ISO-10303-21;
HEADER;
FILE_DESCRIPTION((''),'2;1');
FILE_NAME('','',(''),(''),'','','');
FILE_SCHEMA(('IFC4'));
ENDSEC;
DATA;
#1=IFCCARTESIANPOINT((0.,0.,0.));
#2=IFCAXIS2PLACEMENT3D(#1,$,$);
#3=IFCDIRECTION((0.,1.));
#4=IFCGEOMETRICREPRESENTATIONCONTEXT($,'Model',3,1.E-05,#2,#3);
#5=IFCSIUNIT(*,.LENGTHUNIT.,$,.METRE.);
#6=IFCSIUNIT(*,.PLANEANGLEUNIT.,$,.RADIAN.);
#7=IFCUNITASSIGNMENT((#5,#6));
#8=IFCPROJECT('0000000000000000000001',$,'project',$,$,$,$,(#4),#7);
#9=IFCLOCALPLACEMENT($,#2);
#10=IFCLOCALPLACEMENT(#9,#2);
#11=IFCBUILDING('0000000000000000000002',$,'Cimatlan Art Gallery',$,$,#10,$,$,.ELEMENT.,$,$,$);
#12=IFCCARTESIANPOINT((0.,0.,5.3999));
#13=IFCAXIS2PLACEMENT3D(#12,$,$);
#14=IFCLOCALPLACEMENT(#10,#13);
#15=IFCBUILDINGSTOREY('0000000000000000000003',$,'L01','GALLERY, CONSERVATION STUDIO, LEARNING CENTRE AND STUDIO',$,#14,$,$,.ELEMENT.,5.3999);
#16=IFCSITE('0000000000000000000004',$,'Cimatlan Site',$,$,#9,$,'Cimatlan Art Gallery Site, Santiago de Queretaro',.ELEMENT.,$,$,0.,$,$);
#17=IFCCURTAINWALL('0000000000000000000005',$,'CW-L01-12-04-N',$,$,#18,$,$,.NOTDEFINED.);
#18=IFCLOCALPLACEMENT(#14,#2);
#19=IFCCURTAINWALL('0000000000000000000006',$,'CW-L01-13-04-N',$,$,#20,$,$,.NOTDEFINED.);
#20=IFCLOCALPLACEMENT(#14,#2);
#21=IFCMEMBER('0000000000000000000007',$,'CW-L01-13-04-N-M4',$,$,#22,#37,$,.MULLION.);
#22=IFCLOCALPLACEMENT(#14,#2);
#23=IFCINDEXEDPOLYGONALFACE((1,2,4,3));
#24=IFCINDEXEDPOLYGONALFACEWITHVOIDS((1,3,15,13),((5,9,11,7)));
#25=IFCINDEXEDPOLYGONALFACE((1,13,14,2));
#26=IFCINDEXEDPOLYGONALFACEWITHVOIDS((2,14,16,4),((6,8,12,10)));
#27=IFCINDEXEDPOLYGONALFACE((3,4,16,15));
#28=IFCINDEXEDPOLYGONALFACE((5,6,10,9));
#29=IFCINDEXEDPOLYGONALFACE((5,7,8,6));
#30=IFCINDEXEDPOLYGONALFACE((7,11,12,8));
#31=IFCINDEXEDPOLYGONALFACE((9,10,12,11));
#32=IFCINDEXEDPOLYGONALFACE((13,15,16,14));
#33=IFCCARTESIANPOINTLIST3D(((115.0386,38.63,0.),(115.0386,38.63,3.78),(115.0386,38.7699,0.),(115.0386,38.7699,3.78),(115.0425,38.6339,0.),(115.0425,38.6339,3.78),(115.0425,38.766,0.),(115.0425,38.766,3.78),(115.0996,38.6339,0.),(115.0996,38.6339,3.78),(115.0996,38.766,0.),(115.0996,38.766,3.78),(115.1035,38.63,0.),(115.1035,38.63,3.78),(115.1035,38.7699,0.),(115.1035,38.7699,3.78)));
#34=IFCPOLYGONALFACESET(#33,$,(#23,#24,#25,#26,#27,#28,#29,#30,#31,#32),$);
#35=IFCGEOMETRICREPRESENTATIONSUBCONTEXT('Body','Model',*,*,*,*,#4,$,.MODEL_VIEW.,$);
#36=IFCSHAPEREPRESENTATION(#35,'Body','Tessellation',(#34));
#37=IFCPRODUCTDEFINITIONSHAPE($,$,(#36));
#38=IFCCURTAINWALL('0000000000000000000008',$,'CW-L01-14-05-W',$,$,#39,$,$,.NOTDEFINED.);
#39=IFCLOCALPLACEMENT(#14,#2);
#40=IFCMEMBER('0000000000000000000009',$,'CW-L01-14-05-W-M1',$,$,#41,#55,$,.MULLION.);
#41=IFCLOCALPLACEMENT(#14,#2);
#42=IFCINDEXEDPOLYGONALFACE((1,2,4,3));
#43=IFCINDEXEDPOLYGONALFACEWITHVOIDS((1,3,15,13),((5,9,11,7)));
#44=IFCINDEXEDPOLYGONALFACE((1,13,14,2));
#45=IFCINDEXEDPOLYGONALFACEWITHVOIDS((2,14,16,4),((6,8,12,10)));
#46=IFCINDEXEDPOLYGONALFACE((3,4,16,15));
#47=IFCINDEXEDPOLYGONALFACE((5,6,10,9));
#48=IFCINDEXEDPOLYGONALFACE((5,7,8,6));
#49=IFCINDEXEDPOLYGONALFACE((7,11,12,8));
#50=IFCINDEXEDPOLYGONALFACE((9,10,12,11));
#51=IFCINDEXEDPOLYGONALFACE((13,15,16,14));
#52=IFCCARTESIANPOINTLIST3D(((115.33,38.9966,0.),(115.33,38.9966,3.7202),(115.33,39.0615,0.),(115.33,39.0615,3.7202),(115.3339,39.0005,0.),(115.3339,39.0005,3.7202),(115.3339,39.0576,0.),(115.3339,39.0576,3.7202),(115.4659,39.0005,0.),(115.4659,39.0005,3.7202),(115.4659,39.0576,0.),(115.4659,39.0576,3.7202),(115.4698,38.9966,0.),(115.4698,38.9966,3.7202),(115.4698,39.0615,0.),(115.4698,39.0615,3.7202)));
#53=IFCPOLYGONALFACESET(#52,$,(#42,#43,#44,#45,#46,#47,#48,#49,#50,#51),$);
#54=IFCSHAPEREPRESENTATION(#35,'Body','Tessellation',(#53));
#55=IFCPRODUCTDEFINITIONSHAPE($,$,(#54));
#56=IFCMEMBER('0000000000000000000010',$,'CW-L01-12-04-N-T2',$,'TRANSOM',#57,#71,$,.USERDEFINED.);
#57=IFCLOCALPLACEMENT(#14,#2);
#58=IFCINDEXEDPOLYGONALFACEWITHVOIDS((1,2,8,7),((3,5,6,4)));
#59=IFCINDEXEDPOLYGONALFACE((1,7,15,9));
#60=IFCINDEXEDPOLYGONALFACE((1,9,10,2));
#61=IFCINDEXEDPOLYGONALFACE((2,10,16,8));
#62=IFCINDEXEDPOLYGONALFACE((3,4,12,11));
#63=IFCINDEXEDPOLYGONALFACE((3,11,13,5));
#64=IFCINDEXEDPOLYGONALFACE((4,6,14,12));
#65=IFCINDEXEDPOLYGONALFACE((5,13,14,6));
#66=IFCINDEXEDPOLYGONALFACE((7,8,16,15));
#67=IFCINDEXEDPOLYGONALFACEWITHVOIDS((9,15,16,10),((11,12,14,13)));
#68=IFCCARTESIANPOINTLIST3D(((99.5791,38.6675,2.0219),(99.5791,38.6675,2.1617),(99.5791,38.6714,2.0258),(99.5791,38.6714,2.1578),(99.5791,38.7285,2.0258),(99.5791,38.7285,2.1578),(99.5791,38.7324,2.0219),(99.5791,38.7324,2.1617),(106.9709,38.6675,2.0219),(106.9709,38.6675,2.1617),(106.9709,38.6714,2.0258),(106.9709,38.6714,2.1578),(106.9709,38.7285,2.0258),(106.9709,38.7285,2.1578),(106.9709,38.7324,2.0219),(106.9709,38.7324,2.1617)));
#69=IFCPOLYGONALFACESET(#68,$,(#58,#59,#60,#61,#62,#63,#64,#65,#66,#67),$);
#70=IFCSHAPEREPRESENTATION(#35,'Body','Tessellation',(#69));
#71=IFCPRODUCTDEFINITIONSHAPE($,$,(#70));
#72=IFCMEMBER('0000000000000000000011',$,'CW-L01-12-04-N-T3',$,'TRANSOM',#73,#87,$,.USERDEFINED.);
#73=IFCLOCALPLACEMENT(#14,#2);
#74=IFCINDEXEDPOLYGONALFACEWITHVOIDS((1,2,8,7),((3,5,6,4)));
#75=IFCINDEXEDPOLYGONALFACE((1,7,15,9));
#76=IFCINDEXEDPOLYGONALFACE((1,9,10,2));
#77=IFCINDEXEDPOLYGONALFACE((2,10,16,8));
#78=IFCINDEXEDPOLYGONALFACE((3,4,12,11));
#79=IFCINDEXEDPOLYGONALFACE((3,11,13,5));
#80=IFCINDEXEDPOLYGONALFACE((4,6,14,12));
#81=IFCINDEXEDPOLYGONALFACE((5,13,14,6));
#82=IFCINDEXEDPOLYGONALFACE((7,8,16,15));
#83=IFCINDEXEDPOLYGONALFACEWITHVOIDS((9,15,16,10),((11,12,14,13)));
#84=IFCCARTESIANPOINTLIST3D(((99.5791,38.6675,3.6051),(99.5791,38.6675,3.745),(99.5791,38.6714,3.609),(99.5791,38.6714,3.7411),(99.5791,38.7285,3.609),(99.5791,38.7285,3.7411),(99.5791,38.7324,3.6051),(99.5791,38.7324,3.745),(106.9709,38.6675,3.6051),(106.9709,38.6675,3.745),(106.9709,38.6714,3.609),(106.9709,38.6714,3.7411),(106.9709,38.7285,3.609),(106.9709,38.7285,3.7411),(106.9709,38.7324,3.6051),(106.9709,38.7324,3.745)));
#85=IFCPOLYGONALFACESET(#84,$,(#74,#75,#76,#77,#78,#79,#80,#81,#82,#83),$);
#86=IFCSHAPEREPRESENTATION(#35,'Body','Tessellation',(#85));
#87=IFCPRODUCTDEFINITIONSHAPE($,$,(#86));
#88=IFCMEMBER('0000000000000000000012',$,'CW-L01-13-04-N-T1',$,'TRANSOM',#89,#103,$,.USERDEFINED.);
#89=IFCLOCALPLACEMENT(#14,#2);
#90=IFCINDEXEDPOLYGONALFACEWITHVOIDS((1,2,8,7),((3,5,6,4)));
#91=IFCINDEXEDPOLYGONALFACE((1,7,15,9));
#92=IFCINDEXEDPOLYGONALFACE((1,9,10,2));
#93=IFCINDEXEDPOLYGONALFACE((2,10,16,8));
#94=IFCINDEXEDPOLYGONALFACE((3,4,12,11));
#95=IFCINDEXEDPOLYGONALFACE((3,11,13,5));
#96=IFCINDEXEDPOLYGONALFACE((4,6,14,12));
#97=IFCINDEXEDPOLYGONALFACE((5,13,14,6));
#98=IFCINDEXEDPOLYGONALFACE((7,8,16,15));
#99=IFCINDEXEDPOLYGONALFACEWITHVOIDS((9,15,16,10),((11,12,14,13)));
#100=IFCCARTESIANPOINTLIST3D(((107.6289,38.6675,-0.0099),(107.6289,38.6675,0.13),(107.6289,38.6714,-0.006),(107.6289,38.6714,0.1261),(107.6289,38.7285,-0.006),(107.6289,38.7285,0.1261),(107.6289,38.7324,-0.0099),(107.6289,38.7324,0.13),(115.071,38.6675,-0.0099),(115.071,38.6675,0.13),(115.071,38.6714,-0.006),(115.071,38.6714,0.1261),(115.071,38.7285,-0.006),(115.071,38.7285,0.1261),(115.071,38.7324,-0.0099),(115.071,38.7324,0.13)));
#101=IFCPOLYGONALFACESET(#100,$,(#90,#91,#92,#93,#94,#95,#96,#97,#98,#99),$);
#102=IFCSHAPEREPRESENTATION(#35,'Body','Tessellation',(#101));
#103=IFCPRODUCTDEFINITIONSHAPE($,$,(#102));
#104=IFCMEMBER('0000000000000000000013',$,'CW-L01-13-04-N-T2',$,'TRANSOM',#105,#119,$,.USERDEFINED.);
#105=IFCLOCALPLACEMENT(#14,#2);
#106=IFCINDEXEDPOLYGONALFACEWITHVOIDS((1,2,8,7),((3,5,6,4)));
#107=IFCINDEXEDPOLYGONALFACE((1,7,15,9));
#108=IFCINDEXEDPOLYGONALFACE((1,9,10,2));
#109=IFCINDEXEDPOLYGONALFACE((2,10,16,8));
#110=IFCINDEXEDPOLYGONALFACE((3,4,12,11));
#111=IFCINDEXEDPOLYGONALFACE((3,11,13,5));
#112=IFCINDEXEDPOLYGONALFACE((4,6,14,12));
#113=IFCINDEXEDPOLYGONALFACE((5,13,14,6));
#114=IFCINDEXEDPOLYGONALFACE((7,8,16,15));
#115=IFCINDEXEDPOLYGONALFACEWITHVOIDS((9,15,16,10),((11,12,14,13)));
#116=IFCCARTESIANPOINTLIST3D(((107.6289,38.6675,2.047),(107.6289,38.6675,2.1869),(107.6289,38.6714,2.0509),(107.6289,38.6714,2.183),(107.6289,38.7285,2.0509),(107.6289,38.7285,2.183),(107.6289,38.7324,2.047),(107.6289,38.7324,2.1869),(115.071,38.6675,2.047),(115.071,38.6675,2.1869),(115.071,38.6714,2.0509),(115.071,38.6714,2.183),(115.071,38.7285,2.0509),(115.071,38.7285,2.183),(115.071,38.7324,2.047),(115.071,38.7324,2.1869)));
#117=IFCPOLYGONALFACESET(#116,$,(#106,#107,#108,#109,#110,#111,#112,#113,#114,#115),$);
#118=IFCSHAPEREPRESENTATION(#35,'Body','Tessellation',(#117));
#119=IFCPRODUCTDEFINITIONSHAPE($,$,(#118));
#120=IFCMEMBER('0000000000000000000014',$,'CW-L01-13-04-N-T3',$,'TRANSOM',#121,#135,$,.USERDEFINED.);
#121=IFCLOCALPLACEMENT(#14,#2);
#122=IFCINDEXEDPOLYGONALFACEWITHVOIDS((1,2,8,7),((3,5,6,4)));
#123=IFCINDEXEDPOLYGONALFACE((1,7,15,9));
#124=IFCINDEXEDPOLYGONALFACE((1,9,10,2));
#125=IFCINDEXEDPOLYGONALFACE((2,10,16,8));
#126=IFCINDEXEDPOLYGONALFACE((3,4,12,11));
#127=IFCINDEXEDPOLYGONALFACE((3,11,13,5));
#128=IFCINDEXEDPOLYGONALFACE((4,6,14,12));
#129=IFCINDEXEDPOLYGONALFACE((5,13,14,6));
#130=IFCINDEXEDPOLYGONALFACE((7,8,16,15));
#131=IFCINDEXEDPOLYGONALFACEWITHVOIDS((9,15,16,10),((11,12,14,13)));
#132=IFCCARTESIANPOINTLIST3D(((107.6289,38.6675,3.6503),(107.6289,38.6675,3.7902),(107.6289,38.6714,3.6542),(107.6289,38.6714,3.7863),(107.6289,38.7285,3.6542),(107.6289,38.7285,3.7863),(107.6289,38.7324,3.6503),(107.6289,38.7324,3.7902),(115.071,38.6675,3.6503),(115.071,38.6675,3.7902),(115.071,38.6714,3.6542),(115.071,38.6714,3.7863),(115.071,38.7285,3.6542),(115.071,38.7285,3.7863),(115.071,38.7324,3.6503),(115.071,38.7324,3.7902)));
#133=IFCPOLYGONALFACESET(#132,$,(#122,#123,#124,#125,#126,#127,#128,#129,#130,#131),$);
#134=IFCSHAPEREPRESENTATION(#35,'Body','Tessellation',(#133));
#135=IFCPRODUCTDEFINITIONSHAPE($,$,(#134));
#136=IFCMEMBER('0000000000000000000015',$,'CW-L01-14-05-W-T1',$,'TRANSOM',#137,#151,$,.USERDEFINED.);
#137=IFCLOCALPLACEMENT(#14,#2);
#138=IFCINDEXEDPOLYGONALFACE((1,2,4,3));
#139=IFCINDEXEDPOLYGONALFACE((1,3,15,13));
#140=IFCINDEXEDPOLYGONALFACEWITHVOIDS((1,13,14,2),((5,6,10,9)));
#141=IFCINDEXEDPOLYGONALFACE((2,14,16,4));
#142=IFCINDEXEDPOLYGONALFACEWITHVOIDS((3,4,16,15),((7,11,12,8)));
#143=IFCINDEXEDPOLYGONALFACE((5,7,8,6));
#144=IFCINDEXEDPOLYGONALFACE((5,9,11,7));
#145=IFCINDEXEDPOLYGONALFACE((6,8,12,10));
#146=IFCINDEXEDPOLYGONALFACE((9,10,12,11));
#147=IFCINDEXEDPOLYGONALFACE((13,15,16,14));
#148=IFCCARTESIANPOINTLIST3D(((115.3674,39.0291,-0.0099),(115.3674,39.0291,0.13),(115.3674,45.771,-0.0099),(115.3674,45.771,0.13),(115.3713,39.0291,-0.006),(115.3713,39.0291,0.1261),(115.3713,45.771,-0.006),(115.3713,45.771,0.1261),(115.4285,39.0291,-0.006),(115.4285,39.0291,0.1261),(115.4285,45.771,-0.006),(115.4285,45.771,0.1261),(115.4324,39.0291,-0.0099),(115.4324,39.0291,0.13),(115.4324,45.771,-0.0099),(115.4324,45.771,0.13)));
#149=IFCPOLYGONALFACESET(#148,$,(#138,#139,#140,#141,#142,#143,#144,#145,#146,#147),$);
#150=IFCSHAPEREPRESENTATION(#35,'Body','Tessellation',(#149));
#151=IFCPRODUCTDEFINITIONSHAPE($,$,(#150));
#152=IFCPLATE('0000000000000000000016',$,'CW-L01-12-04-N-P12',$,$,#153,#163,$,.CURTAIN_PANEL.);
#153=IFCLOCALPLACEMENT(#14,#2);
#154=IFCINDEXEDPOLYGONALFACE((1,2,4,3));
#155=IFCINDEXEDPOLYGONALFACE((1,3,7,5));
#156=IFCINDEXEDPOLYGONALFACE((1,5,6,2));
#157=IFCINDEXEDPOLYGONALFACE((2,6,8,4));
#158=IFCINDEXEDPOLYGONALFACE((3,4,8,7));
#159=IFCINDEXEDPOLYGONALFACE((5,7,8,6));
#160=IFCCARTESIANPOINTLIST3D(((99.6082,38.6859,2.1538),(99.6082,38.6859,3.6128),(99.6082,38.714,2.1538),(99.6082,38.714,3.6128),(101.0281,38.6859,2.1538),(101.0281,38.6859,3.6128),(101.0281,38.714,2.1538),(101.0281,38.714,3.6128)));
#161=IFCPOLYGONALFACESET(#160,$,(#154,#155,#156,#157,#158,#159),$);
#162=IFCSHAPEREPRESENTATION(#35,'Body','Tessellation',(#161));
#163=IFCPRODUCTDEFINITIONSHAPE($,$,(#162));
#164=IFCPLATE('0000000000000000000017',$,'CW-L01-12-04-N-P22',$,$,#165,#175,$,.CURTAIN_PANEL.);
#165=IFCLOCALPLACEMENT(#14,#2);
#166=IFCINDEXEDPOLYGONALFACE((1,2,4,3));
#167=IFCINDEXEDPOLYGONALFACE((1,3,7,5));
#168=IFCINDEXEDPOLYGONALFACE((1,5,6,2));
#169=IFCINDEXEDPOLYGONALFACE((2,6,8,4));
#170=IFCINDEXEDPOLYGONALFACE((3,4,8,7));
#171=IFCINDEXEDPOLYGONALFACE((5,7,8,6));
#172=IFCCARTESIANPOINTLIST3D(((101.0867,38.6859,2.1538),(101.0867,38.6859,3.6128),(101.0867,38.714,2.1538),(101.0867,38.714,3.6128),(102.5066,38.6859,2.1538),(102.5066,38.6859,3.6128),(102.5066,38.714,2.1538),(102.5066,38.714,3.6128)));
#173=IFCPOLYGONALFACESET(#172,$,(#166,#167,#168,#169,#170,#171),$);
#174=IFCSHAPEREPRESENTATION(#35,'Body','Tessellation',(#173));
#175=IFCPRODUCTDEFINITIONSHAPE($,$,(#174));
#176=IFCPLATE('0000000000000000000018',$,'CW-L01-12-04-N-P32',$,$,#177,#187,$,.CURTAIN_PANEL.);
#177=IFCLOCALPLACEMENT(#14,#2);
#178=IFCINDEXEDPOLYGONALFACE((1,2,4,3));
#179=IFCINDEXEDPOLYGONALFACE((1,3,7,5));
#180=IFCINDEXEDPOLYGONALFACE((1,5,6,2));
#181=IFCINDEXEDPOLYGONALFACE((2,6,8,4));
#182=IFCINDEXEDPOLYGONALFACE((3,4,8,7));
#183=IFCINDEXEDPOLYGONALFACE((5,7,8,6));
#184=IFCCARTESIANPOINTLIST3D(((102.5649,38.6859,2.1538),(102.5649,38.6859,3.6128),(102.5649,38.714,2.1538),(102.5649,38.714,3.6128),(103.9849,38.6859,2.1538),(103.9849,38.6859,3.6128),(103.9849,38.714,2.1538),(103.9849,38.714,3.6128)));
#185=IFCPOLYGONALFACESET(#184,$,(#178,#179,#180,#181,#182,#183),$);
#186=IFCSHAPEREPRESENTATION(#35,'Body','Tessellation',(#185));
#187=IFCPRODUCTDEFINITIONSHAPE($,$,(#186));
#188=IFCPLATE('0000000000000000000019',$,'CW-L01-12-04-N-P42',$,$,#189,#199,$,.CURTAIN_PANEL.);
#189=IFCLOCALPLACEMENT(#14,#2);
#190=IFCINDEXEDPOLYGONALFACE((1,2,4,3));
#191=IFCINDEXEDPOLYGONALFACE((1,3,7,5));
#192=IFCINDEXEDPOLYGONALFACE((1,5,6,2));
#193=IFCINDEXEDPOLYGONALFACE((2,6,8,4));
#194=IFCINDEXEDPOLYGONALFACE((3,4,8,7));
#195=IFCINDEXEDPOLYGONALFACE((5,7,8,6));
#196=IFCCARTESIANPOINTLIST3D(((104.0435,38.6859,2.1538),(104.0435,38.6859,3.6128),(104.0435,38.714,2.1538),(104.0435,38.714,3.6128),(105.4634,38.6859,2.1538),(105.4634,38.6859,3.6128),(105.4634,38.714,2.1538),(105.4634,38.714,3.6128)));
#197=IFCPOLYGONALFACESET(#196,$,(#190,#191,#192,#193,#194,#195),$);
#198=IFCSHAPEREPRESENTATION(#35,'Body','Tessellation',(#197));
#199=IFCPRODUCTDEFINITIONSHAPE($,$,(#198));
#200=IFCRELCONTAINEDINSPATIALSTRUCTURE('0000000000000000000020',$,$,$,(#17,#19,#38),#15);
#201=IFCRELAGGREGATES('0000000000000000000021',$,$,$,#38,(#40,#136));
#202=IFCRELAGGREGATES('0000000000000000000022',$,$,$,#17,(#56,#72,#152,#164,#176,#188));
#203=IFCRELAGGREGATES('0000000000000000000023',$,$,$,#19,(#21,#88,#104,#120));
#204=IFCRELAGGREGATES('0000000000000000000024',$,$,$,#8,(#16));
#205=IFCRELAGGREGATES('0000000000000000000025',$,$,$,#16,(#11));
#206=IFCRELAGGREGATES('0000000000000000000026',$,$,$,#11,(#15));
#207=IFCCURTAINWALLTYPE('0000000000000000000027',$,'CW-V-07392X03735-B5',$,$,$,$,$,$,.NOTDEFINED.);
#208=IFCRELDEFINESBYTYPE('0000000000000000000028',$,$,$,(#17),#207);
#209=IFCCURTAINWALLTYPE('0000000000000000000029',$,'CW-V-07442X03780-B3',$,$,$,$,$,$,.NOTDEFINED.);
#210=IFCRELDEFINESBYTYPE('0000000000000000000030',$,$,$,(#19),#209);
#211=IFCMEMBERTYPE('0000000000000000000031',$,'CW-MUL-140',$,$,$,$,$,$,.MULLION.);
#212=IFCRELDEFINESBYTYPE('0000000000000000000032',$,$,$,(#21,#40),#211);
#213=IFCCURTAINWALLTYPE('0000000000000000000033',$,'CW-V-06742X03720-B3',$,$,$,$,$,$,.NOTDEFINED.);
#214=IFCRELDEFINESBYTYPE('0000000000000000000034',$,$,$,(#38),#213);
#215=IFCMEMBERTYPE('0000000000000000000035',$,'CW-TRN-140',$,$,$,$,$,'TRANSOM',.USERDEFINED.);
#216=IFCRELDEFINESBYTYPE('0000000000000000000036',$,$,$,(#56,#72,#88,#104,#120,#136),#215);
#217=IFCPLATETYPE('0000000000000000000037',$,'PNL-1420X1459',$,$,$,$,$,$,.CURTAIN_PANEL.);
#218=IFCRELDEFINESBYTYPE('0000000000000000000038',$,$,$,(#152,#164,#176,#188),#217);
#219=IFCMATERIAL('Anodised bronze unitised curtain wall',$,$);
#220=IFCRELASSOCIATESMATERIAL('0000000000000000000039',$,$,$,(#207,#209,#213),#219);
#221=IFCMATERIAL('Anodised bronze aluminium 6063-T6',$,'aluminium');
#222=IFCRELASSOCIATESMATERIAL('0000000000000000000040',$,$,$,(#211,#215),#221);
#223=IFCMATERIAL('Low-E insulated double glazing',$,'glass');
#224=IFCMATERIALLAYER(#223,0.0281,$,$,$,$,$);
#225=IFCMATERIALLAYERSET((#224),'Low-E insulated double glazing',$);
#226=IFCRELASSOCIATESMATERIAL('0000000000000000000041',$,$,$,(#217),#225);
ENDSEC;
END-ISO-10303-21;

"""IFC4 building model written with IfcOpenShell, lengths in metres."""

from ifc_helpers import new_model, si_unit, direction, frame, origin, origin_2d, place, context, subcontext, project, spatial, rectangle, hollow_rectangle, extrude, material, layer, layer_set, material_profile, profile_set, type_object, element, aggregate, save


model = new_model("IFC4")

# Units and contexts
model_context = context("Model", 3, precision=1e-05, world=origin(), true_north=direction((0.0, 1.0)))
body_context = subcontext(model_context, "Body", "Model", "MODEL_VIEW")
ifc_project = project(units=[si_unit("LENGTHUNIT", "METRE"), si_unit("PLANEANGLEUNIT", "RADIAN")], contexts=[model_context])

# Site, building, storey
site_placement = place(None, origin())
site = spatial("IfcSite", under=ifc_project, at=site_placement, Name="Cimatlan Site", LongName="Cimatlan Art Gallery Site, Santiago de Queretaro", CompositionType="ELEMENT", RefElevation=0.0)
building_placement = place(site_placement, origin())
building = spatial("IfcBuilding", under=site, at=building_placement, Name="Cimatlan Art Gallery", CompositionType="ELEMENT")
storey_placement = place(building_placement, frame((0.0, 0.0, 5.3999)))
storey = spatial("IfcBuildingStorey", under=building, at=storey_placement, Name="L01", Description="GALLERY, CONSERVATION STUDIO, LEARNING CENTRE AND STUDIO", CompositionType="ELEMENT", Elevation=5.3999)

# Curtain walls, member
ifc_material_1 = material(Name="Anodised bronze unitised curtain wall")
curtain_wall_type_1 = type_object("IfcCurtainWallType", Name="CW-V-07392X03735-B5", PredefinedType="NOTDEFINED", material=ifc_material_1)
curtain_wall_1_placement = place(storey_placement, origin())
curtain_wall_1 = element("IfcCurtainWall", 1, at=curtain_wall_1_placement, inside=storey, type_object=curtain_wall_type_1, Name="CW-L01-12-04-N", PredefinedType="NOTDEFINED")
ifc_material_2 = material(Name="Anodised bronze aluminium 6063-T6", Category="aluminium")
ifc_material_profile_1 = material_profile(ifc_material_2, hollow_rectangle(XDim=0.0649, YDim=0.1399, WallThickness=0.0039, at=origin_2d()), Name="ALU65X140X4")
ifc_profile_set_1 = profile_set([ifc_material_profile_1], Name="Anodised bronze aluminium 6063-T6")
member_type_1 = type_object("IfcMemberType", Name="CW-MUL-140", PredefinedType="MULLION", material=ifc_profile_set_1)
curtain_wall_type_2 = type_object("IfcCurtainWallType", Name="CW-V-07442X03780-B3", PredefinedType="NOTDEFINED", material=ifc_material_1)
curtain_wall_2_placement = place(storey_placement, origin())
curtain_wall_2 = element("IfcCurtainWall", 2, at=curtain_wall_2_placement, inside=storey, type_object=curtain_wall_type_2, Name="CW-L01-13-04-N", PredefinedType="NOTDEFINED")
member_1_placement = place(storey_placement, frame((115.071, 38.7, 0.0), z_axis=(0.0, 0.0, 1.0), x_axis=(1.0, 0.0, 0.0)))
member_1 = element("IfcMember", 3, at=member_1_placement, type_object=member_type_1, Name="CW-L01-13-04-N-M4", PredefinedType="MULLION", context=body_context, shape_type="SweptSolid", body=[
    extrude(hollow_rectangle(XDim=0.0649, YDim=0.1399, WallThickness=0.0039, at=origin_2d()), origin(), (0.0, 0.0, 1.0), 3.78),
])

# Curtain wall, member
curtain_wall_type_3 = type_object("IfcCurtainWallType", Name="CW-V-06742X03720-B3", PredefinedType="NOTDEFINED", material=ifc_material_1)
curtain_wall_3_placement = place(storey_placement, origin())
curtain_wall_3 = element("IfcCurtainWall", 4, at=curtain_wall_3_placement, inside=storey, type_object=curtain_wall_type_3, Name="CW-L01-14-05-W", PredefinedType="NOTDEFINED")
member_2_placement = place(storey_placement, frame((115.3999, 39.0291, 0.0), z_axis=(0.0, 0.0, 1.0), x_axis=(0.0, 1.0, 0.0)))
member_2 = element("IfcMember", 5, at=member_2_placement, type_object=member_type_1, Name="CW-L01-14-05-W-M1", PredefinedType="MULLION", context=body_context, shape_type="SweptSolid", body=[
    extrude(hollow_rectangle(XDim=0.0649, YDim=0.1399, WallThickness=0.0039, at=origin_2d()), origin(), (0.0, 0.0, 1.0), 3.7202),
])

# Members
ifc_material_profile_2 = material_profile(ifc_material_2, hollow_rectangle(XDim=0.0649, YDim=0.1399, WallThickness=0.0039, at=origin_2d()), Name="ALU65X140X4")
ifc_profile_set_2 = profile_set([ifc_material_profile_2], Name="Anodised bronze aluminium 6063-T6")
member_type_2 = type_object("IfcMemberType", Name="CW-TRN-140", ElementType="TRANSOM", PredefinedType="USERDEFINED", material=ifc_profile_set_2)
member_3_placement = place(storey_placement, frame((99.5791, 38.7, 2.0918), z_axis=(1.0, 0.0, 0.0), x_axis=(0.0, 1.0, 0.0)))
member_3 = element("IfcMember", 6, at=member_3_placement, type_object=member_type_2, Name="CW-L01-12-04-N-T2", ObjectType="TRANSOM", PredefinedType="USERDEFINED", context=body_context, shape_type="SweptSolid", body=[
    extrude(hollow_rectangle(XDim=0.0649, YDim=0.1399, WallThickness=0.0039, at=origin_2d()), origin(), (0.0, 0.0, 1.0), 7.3918),
])
member_4_placement = place(storey_placement, frame((99.5791, 38.7, 3.675), z_axis=(1.0, 0.0, 0.0), x_axis=(0.0, 1.0, 0.0)))
member_4 = element("IfcMember", 7, at=member_4_placement, type_object=member_type_2, Name="CW-L01-12-04-N-T3", ObjectType="TRANSOM", PredefinedType="USERDEFINED", context=body_context, shape_type="SweptSolid", body=[
    extrude(hollow_rectangle(XDim=0.0649, YDim=0.1399, WallThickness=0.0039, at=origin_2d()), origin(), (0.0, 0.0, 1.0), 7.3918),
])
member_5_placement = place(storey_placement, frame((107.6289, 38.7, 0.0601), z_axis=(1.0, 0.0, 0.0), x_axis=(0.0, 1.0, 0.0)))
member_5 = element("IfcMember", 8, at=member_5_placement, type_object=member_type_2, Name="CW-L01-13-04-N-T1", ObjectType="TRANSOM", PredefinedType="USERDEFINED", context=body_context, shape_type="SweptSolid", body=[
    extrude(hollow_rectangle(XDim=0.0649, YDim=0.1399, WallThickness=0.0039, at=origin_2d()), origin(), (0.0, 0.0, 1.0), 7.4421),
])
member_6_placement = place(storey_placement, frame((107.6289, 38.7, 2.1169), z_axis=(1.0, 0.0, 0.0), x_axis=(0.0, 1.0, 0.0)))
member_6 = element("IfcMember", 9, at=member_6_placement, type_object=member_type_2, Name="CW-L01-13-04-N-T2", ObjectType="TRANSOM", PredefinedType="USERDEFINED", context=body_context, shape_type="SweptSolid", body=[
    extrude(hollow_rectangle(XDim=0.0649, YDim=0.1399, WallThickness=0.0039, at=origin_2d()), origin(), (0.0, 0.0, 1.0), 7.4421),
])
member_7_placement = place(storey_placement, frame((107.6289, 38.7, 3.7202), z_axis=(1.0, 0.0, 0.0), x_axis=(0.0, 1.0, 0.0)))
member_7 = element("IfcMember", 10, at=member_7_placement, type_object=member_type_2, Name="CW-L01-13-04-N-T3", ObjectType="TRANSOM", PredefinedType="USERDEFINED", context=body_context, shape_type="SweptSolid", body=[
    extrude(hollow_rectangle(XDim=0.0649, YDim=0.1399, WallThickness=0.0039, at=origin_2d()), origin(), (0.0, 0.0, 1.0), 7.4421),
])
member_8_placement = place(storey_placement, frame((115.3999, 39.0291, 0.0601), z_axis=(0.0, 1.0, 0.0), x_axis=(-1.0, 0.0, 0.0)))
member_8 = element("IfcMember", 11, at=member_8_placement, type_object=member_type_2, Name="CW-L01-14-05-W-T1", ObjectType="TRANSOM", PredefinedType="USERDEFINED", context=body_context, shape_type="SweptSolid", body=[
    extrude(hollow_rectangle(XDim=0.0649, YDim=0.1399, WallThickness=0.0039, at=origin_2d()), origin(), (0.0, 0.0, 1.0), 6.7419),
])
aggregate(curtain_wall_3, [member_2, member_8])

# Plates
ifc_material_3 = material(Name="Low-E insulated double glazing", Category="glass")
ifc_layer_1 = layer(ifc_material_3, 0.0281)
ifc_layer_set_1 = layer_set([ifc_layer_1], Name="Low-E insulated double glazing")
plate_type_1 = type_object("IfcPlateType", Name="PNL-1420X1459", PredefinedType="CURTAIN_PANEL", material=ifc_layer_set_1)
plate_1_placement = place(storey_placement, frame((100.3181, 38.7, 2.1538), z_axis=(0.0, 0.0, 1.0), x_axis=(1.0, 0.0, 0.0)))
plate_1 = element("IfcPlate", 12, at=plate_1_placement, type_object=plate_type_1, Name="CW-L01-12-04-N-P12", PredefinedType="CURTAIN_PANEL", context=body_context, shape_type="SweptSolid", body=[
    extrude(rectangle(XDim=1.4199, YDim=0.0281, at=origin_2d()), origin(), (0.0, 0.0, 1.0), 1.459),
])
plate_2_placement = place(storey_placement, frame((101.7966, 38.7, 2.1538), z_axis=(0.0, 0.0, 1.0), x_axis=(1.0, 0.0, 0.0)))
plate_2 = element("IfcPlate", 13, at=plate_2_placement, type_object=plate_type_1, Name="CW-L01-12-04-N-P22", PredefinedType="CURTAIN_PANEL", context=body_context, shape_type="SweptSolid", body=[
    extrude(rectangle(XDim=1.4199, YDim=0.0281, at=origin_2d()), origin(), (0.0, 0.0, 1.0), 1.459),
])
plate_3_placement = place(storey_placement, frame((103.2749, 38.7, 2.1538), z_axis=(0.0, 0.0, 1.0), x_axis=(1.0, 0.0, 0.0)))
plate_3 = element("IfcPlate", 14, at=plate_3_placement, type_object=plate_type_1, Name="CW-L01-12-04-N-P32", PredefinedType="CURTAIN_PANEL", context=body_context, shape_type="SweptSolid", body=[
    extrude(rectangle(XDim=1.4199, YDim=0.0281, at=origin_2d()), origin(), (0.0, 0.0, 1.0), 1.459),
])
plate_4_placement = place(storey_placement, frame((104.7534, 38.7, 2.1538), z_axis=(0.0, 0.0, 1.0), x_axis=(1.0, 0.0, 0.0)))
plate_4 = element("IfcPlate", 15, at=plate_4_placement, type_object=plate_type_1, Name="CW-L01-12-04-N-P42", PredefinedType="CURTAIN_PANEL", context=body_context, shape_type="SweptSolid", body=[
    extrude(rectangle(XDim=1.4199, YDim=0.0281, at=origin_2d()), origin(), (0.0, 0.0, 1.0), 1.459),
])
aggregate(curtain_wall_1, [member_3, member_4, plate_1, plate_2, plate_3, plate_4])
aggregate(curtain_wall_2, [member_1, member_5, member_6, member_7])

save(model, "model.ifc")
